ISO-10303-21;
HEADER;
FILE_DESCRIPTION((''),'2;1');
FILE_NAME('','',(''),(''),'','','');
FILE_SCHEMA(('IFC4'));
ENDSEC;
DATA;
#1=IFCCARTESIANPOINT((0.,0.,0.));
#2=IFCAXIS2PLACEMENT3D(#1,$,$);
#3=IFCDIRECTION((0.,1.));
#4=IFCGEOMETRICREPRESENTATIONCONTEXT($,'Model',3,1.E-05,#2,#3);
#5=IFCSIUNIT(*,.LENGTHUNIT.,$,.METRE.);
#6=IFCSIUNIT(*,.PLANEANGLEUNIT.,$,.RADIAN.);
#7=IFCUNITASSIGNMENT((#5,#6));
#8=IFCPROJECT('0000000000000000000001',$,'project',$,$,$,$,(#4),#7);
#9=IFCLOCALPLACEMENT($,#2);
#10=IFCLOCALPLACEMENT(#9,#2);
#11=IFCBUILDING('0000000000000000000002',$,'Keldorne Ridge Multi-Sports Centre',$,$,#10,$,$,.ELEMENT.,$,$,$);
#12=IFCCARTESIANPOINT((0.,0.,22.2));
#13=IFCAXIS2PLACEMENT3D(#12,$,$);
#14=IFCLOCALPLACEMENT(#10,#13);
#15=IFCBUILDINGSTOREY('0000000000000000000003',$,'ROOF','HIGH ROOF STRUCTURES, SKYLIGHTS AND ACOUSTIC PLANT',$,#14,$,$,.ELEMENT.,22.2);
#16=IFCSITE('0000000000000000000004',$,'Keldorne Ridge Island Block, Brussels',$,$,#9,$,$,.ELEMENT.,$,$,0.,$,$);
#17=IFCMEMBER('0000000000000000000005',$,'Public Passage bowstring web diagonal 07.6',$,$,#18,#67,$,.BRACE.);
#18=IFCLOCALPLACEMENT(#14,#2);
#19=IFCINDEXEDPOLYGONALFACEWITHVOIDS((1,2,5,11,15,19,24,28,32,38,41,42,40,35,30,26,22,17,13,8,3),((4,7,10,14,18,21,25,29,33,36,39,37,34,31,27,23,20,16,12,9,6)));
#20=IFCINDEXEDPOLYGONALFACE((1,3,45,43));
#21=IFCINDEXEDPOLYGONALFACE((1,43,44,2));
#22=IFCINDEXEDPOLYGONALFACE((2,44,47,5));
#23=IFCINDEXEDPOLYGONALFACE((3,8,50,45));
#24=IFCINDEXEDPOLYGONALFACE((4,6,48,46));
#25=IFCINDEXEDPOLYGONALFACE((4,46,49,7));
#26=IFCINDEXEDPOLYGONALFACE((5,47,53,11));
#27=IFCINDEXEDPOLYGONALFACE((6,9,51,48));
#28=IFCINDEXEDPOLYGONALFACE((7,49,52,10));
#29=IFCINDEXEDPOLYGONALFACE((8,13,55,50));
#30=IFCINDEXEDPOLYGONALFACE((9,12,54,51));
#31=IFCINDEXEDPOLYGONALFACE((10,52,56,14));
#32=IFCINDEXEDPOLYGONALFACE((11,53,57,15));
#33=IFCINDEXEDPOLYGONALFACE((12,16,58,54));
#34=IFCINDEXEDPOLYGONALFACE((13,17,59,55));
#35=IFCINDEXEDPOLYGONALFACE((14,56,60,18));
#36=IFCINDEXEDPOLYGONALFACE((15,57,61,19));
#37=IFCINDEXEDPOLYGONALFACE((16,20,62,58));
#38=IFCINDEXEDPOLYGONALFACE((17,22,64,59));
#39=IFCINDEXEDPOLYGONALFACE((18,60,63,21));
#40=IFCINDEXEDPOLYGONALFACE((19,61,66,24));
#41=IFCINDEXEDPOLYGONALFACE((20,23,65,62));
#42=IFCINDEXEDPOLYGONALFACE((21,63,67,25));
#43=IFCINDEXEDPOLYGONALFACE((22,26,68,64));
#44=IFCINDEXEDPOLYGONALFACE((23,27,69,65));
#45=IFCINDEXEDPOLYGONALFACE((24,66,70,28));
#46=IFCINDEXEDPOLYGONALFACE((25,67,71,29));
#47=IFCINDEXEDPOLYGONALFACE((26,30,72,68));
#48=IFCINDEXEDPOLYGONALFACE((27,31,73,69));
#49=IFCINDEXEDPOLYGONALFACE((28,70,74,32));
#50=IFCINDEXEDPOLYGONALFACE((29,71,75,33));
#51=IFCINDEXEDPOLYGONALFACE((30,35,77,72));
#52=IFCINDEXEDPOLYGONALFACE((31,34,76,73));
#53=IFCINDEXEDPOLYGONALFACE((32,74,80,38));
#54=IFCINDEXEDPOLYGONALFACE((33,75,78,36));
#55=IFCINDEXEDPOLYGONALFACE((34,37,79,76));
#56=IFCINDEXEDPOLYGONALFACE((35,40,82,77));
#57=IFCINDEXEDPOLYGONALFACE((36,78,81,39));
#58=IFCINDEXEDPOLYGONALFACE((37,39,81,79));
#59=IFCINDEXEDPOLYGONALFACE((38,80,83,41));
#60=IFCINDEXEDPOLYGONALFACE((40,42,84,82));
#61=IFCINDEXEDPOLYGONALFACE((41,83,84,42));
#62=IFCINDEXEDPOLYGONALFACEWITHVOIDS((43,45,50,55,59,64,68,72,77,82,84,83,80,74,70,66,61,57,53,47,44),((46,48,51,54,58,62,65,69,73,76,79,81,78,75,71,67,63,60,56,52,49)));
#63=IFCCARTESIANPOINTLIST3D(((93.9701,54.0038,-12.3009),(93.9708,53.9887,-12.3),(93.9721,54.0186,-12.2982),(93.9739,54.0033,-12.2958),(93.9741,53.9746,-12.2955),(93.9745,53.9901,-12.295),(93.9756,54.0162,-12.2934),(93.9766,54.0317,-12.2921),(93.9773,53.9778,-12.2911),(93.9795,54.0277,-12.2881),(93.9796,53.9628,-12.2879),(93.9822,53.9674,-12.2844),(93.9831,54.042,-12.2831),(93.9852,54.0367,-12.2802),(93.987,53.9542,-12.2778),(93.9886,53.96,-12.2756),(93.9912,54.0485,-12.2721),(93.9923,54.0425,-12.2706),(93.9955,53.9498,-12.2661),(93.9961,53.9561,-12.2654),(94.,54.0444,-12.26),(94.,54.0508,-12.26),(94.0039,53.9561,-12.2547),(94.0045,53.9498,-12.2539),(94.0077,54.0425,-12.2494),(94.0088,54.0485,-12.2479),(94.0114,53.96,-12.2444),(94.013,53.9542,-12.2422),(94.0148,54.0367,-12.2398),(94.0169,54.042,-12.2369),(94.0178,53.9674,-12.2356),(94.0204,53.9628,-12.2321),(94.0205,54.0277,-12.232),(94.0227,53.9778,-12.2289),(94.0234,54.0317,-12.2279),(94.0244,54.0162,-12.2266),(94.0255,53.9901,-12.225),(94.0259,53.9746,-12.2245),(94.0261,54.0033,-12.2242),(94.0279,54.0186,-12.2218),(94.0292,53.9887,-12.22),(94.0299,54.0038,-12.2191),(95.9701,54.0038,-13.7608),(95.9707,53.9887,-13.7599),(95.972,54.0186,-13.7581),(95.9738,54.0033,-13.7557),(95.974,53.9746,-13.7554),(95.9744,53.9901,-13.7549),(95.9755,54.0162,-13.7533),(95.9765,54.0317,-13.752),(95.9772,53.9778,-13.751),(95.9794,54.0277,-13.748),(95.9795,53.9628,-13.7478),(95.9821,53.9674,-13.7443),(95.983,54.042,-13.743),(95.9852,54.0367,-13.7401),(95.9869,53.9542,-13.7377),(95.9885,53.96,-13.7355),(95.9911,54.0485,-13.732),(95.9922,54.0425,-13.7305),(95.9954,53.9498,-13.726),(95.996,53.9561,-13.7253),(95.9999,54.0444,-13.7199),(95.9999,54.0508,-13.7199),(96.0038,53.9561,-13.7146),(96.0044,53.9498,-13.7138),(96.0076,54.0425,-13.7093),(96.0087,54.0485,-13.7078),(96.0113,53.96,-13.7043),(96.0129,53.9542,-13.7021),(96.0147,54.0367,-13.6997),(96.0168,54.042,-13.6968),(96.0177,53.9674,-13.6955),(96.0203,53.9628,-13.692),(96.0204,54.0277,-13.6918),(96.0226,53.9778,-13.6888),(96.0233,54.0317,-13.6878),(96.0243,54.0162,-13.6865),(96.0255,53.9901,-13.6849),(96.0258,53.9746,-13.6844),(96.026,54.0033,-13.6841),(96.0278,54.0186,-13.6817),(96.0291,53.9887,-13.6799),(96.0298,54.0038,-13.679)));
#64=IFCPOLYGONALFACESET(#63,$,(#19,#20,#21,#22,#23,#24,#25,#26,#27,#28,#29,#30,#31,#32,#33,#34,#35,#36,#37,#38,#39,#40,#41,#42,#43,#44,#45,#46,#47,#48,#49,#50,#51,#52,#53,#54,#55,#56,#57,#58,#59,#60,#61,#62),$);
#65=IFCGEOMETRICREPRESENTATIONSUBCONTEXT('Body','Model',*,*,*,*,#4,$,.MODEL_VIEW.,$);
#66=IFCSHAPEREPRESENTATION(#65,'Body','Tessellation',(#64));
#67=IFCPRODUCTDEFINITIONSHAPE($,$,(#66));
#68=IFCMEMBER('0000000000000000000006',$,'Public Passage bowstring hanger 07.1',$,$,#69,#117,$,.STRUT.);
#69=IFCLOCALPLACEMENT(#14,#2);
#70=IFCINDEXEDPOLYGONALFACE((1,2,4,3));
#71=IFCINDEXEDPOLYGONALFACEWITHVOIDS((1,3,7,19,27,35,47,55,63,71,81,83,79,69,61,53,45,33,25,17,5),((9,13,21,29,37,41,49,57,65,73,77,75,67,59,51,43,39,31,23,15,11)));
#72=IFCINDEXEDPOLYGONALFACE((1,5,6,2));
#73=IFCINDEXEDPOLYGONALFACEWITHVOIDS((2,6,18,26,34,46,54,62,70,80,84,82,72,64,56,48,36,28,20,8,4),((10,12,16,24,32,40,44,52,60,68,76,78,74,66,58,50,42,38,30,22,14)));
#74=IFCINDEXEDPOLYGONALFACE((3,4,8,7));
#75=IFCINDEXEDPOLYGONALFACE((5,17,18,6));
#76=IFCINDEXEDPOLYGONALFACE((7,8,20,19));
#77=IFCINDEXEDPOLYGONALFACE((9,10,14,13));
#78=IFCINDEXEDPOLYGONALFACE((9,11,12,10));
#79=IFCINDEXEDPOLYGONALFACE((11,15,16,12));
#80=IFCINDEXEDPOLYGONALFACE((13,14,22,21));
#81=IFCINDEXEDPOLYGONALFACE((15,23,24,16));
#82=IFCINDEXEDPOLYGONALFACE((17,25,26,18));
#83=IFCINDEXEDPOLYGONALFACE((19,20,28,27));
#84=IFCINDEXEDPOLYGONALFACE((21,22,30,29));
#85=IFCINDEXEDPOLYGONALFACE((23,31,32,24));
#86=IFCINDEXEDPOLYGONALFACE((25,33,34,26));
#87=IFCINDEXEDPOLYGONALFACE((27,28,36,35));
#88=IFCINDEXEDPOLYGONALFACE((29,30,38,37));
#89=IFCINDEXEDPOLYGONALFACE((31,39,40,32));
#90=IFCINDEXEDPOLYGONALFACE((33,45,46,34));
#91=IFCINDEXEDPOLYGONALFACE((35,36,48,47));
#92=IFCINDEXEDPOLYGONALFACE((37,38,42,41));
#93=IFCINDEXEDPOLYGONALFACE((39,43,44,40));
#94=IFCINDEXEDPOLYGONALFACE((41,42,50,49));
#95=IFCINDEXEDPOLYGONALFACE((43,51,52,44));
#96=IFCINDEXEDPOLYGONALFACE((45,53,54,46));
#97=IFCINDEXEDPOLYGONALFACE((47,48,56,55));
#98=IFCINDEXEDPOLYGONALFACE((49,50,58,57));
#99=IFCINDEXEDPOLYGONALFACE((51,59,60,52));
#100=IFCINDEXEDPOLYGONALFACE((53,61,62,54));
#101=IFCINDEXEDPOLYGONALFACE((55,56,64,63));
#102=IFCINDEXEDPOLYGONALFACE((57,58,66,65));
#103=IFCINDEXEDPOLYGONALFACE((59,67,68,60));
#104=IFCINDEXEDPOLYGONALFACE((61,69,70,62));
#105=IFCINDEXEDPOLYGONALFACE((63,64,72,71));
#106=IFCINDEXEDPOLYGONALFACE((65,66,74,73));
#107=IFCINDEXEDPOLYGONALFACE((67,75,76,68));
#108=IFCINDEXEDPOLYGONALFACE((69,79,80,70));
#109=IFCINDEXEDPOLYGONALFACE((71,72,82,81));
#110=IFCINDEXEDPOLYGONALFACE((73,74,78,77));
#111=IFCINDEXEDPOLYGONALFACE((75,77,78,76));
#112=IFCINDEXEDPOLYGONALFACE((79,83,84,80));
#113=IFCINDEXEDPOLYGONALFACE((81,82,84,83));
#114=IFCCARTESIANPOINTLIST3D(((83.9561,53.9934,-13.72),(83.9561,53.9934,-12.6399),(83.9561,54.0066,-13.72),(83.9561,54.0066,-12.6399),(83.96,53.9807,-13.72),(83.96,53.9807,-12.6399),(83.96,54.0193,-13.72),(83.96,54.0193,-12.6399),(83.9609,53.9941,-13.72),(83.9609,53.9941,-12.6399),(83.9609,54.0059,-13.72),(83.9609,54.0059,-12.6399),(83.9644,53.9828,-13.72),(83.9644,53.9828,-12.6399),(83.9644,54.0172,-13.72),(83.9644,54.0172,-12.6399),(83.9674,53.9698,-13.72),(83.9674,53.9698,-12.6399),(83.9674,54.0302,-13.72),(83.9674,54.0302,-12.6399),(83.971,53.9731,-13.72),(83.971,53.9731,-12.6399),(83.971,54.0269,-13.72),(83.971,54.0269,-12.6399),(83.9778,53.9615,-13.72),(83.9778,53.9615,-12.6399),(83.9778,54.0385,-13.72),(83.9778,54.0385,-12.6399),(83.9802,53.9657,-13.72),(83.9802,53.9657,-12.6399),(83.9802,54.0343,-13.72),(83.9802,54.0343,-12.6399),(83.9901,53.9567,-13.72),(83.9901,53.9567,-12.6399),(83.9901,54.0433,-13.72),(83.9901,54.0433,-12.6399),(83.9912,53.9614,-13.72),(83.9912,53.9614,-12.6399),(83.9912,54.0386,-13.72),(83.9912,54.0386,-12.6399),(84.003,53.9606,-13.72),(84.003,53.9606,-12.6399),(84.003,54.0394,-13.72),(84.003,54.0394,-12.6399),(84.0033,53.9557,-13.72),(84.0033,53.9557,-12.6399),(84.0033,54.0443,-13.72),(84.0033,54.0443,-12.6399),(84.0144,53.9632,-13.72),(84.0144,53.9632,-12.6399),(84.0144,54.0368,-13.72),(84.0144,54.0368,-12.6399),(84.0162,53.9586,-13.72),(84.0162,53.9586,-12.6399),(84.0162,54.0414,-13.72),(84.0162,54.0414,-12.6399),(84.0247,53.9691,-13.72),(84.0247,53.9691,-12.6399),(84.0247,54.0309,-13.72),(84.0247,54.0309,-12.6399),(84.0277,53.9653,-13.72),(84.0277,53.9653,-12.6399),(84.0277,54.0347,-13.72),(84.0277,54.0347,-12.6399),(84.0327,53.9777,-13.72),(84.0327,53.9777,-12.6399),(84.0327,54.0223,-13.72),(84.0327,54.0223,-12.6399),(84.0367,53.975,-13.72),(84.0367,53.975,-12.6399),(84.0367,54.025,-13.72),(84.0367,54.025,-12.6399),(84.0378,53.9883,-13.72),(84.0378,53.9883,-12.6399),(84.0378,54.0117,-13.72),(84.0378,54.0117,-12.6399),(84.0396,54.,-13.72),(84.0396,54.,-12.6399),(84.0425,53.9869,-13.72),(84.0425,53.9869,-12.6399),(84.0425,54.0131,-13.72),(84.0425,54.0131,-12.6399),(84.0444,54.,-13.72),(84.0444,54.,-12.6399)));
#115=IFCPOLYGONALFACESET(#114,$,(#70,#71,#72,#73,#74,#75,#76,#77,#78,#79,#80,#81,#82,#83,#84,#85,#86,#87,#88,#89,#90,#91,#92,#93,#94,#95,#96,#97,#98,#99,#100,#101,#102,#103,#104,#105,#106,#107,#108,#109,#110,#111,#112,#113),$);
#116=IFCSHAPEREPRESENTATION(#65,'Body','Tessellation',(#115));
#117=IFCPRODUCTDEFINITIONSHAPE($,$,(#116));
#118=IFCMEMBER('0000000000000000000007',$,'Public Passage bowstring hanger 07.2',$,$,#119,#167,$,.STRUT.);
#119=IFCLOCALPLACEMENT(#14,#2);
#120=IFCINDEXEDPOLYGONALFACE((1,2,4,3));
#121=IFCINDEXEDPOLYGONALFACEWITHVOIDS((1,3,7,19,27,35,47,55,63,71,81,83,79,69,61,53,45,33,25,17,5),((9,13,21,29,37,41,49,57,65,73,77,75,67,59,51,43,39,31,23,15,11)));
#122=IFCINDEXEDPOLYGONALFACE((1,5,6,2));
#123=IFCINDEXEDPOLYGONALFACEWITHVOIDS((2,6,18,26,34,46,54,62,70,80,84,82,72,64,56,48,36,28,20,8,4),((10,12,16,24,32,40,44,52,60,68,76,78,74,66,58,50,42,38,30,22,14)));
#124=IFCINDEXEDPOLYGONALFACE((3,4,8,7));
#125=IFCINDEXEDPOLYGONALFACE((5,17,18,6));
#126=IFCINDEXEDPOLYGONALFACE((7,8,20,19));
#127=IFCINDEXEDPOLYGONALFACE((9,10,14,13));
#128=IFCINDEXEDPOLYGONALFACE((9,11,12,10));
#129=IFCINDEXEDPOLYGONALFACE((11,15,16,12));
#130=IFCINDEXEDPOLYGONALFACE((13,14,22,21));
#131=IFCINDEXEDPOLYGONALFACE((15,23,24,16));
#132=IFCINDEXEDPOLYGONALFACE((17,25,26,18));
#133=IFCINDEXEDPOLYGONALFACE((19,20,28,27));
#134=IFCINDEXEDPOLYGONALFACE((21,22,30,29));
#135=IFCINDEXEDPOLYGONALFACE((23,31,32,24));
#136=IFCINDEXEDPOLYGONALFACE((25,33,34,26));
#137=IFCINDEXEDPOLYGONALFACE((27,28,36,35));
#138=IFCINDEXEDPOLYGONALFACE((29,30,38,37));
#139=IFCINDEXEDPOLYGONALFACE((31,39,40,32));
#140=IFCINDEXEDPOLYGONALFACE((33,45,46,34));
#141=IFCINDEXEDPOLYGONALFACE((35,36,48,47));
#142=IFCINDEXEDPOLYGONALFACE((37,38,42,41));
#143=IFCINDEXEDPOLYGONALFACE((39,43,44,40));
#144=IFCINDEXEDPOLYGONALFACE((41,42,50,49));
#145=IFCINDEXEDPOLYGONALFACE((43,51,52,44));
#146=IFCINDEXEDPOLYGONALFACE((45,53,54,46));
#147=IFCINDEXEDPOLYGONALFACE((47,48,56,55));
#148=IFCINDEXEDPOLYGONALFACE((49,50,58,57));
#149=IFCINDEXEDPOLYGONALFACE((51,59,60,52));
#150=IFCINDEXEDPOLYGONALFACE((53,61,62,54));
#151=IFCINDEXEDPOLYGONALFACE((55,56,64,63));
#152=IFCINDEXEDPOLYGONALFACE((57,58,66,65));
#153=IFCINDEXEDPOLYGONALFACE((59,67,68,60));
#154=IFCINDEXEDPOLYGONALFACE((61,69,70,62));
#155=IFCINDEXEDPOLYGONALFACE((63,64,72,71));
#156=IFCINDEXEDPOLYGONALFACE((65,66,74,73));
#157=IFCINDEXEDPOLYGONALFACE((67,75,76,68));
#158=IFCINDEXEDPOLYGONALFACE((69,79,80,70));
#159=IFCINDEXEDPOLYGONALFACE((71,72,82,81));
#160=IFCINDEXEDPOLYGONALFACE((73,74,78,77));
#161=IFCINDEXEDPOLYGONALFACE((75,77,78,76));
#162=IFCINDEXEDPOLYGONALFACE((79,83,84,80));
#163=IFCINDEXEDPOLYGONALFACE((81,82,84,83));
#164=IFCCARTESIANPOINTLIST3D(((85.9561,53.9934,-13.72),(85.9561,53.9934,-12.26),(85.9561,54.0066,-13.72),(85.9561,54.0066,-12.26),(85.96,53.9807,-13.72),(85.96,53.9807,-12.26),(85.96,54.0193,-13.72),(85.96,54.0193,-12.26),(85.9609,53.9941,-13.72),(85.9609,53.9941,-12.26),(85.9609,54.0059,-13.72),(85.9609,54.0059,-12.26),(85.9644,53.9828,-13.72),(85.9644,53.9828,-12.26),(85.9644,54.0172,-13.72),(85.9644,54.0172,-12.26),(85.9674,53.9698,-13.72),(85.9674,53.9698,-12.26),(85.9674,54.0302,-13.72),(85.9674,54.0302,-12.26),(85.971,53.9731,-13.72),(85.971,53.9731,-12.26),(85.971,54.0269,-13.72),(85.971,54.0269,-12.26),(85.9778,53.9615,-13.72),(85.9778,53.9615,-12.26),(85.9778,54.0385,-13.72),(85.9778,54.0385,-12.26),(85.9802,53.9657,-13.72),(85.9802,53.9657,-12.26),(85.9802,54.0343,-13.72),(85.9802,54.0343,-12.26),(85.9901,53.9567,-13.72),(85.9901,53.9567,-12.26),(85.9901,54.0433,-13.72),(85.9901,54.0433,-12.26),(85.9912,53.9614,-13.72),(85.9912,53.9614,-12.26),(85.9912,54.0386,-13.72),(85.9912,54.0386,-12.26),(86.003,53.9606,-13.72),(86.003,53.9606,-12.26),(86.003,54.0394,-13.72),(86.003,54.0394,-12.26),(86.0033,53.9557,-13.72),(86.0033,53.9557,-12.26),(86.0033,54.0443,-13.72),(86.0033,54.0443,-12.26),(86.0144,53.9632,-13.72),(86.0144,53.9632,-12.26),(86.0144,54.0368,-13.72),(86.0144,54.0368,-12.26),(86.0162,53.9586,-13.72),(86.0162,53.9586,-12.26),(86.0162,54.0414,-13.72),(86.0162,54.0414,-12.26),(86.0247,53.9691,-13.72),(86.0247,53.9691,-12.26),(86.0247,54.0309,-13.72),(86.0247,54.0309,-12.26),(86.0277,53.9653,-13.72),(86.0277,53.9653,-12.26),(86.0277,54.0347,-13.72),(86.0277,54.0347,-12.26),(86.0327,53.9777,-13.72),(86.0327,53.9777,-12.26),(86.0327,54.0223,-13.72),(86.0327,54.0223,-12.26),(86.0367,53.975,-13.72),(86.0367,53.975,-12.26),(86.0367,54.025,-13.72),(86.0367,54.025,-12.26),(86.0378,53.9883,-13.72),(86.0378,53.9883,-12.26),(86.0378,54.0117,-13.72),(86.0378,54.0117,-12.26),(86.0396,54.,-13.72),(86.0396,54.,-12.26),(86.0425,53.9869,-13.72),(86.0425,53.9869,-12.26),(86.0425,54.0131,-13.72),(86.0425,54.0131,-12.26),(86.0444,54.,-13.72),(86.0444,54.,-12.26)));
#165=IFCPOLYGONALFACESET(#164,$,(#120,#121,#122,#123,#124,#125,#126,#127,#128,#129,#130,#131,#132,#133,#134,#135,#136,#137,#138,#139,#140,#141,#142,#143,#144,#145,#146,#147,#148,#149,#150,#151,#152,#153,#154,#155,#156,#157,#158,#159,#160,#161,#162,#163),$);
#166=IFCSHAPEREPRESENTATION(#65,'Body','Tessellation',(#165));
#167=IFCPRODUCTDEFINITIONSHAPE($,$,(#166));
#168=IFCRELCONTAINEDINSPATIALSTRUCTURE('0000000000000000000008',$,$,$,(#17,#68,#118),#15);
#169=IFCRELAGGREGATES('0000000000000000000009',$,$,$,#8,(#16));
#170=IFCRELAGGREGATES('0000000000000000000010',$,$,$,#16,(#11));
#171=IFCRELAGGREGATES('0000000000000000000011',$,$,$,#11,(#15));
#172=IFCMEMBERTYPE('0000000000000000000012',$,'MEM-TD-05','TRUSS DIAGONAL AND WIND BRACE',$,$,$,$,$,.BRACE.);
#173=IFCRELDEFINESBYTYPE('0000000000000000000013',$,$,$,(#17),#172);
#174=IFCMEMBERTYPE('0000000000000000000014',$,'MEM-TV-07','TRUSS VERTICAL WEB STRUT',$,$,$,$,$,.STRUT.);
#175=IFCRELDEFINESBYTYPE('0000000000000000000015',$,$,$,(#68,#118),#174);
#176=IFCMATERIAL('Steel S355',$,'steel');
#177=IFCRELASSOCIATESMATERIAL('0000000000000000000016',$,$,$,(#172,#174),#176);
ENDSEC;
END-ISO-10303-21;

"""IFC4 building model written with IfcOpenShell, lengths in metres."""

from ifc_helpers import new_model, si_unit, direction, frame, origin, origin_2d, place, context, subcontext, project, spatial, hollow_circle, extrude, material, material_profile, profile_set, type_object, element, save


model = new_model("IFC4")

# Units and contexts
model_context = context("Model", 3, precision=1e-05, world=origin(), true_north=direction((0.0, 1.0)))
body_context = subcontext(model_context, "Body", "Model", "MODEL_VIEW")
ifc_project = project(units=[si_unit("LENGTHUNIT", "METRE"), si_unit("PLANEANGLEUNIT", "RADIAN")], contexts=[model_context])

# Site, building, storey
site_placement = place(None, origin())
site = spatial("IfcSite", under=ifc_project, at=site_placement, Name="Keldorne Ridge Island Block, Brussels", CompositionType="ELEMENT", RefElevation=0.0)
building_placement = place(site_placement, origin())
building = spatial("IfcBuilding", under=site, at=building_placement, Name="Keldorne Ridge Multi-Sports Centre", CompositionType="ELEMENT")
storey_placement = place(building_placement, frame((0.0, 0.0, 22.2)))
storey = spatial("IfcBuildingStorey", under=building, at=storey_placement, Name="ROOF", Description="HIGH ROOF STRUCTURES, SKYLIGHTS AND ACOUSTIC PLANT", CompositionType="ELEMENT", Elevation=22.2)

# Members
ifc_material = material(Name="Steel S355", Category="steel")
ifc_material_profile_1 = material_profile(ifc_material, hollow_circle(Radius=0.0508, WallThickness=0.0063, at=origin_2d()), Name="CHS 101.6x6.3")
ifc_profile_set_1 = profile_set([ifc_material_profile_1], Name="Steel S355")
member_type_1 = type_object("IfcMemberType", Name="MEM-TD-05", Description="TRUSS DIAGONAL AND WIND BRACE", PredefinedType="BRACE", material=ifc_profile_set_1)
for number, where, z_axis, x_axis, name in (
    (1, (94.0, 54.0, -12.26), (0.807695, 0.0, -0.589601), (0.0, 1.0, 0.0), "Public Passage bowstring web diagonal 07.6"),
):
    element("IfcMember", number, at=place(storey_placement, frame(where, z_axis=z_axis, x_axis=x_axis)), inside=storey, type_object=member_type_1, Name=name, PredefinedType="BRACE", context=body_context, shape_type="SweptSolid", body=[
        extrude(hollow_circle(Radius=0.0508, WallThickness=0.0063, at=origin_2d()), origin(), (0.0, 0.0, 1.0), 2.4761),
    ])
ifc_material_profile_2 = material_profile(ifc_material, hollow_circle(Radius=0.0444, WallThickness=0.0049, at=origin_2d()), Name="CHS 88.9x5")
ifc_profile_set_2 = profile_set([ifc_material_profile_2], Name="Steel S355")
member_type_2 = type_object("IfcMemberType", Name="MEM-TV-07", Description="TRUSS VERTICAL WEB STRUT", PredefinedType="STRUT", material=ifc_profile_set_2)
member_1_placement = place(storey_placement, frame((84.0, 54.0, -13.72), z_axis=(0.0, 0.0, 1.0), x_axis=(1.0, 0.0, 0.0)))
element("IfcMember", 2, at=member_1_placement, inside=storey, type_object=member_type_2, Name="Public Passage bowstring hanger 07.1", PredefinedType="STRUT", context=body_context, shape_type="SweptSolid", body=[
    extrude(hollow_circle(Radius=0.0444, WallThickness=0.0049, at=origin_2d()), origin(), (0.0, 0.0, 1.0), 1.0801),
])
member_2_placement = place(storey_placement, frame((86.0, 54.0, -13.72), z_axis=(0.0, 0.0, 1.0), x_axis=(1.0, 0.0, 0.0)))
element("IfcMember", 3, at=member_2_placement, inside=storey, type_object=member_type_2, Name="Public Passage bowstring hanger 07.2", PredefinedType="STRUT", context=body_context, shape_type="SweptSolid", body=[
    extrude(hollow_circle(Radius=0.0444, WallThickness=0.0049, at=origin_2d()), origin(), (0.0, 0.0, 1.0), 1.46),
])

save(model, "model.ifc")
